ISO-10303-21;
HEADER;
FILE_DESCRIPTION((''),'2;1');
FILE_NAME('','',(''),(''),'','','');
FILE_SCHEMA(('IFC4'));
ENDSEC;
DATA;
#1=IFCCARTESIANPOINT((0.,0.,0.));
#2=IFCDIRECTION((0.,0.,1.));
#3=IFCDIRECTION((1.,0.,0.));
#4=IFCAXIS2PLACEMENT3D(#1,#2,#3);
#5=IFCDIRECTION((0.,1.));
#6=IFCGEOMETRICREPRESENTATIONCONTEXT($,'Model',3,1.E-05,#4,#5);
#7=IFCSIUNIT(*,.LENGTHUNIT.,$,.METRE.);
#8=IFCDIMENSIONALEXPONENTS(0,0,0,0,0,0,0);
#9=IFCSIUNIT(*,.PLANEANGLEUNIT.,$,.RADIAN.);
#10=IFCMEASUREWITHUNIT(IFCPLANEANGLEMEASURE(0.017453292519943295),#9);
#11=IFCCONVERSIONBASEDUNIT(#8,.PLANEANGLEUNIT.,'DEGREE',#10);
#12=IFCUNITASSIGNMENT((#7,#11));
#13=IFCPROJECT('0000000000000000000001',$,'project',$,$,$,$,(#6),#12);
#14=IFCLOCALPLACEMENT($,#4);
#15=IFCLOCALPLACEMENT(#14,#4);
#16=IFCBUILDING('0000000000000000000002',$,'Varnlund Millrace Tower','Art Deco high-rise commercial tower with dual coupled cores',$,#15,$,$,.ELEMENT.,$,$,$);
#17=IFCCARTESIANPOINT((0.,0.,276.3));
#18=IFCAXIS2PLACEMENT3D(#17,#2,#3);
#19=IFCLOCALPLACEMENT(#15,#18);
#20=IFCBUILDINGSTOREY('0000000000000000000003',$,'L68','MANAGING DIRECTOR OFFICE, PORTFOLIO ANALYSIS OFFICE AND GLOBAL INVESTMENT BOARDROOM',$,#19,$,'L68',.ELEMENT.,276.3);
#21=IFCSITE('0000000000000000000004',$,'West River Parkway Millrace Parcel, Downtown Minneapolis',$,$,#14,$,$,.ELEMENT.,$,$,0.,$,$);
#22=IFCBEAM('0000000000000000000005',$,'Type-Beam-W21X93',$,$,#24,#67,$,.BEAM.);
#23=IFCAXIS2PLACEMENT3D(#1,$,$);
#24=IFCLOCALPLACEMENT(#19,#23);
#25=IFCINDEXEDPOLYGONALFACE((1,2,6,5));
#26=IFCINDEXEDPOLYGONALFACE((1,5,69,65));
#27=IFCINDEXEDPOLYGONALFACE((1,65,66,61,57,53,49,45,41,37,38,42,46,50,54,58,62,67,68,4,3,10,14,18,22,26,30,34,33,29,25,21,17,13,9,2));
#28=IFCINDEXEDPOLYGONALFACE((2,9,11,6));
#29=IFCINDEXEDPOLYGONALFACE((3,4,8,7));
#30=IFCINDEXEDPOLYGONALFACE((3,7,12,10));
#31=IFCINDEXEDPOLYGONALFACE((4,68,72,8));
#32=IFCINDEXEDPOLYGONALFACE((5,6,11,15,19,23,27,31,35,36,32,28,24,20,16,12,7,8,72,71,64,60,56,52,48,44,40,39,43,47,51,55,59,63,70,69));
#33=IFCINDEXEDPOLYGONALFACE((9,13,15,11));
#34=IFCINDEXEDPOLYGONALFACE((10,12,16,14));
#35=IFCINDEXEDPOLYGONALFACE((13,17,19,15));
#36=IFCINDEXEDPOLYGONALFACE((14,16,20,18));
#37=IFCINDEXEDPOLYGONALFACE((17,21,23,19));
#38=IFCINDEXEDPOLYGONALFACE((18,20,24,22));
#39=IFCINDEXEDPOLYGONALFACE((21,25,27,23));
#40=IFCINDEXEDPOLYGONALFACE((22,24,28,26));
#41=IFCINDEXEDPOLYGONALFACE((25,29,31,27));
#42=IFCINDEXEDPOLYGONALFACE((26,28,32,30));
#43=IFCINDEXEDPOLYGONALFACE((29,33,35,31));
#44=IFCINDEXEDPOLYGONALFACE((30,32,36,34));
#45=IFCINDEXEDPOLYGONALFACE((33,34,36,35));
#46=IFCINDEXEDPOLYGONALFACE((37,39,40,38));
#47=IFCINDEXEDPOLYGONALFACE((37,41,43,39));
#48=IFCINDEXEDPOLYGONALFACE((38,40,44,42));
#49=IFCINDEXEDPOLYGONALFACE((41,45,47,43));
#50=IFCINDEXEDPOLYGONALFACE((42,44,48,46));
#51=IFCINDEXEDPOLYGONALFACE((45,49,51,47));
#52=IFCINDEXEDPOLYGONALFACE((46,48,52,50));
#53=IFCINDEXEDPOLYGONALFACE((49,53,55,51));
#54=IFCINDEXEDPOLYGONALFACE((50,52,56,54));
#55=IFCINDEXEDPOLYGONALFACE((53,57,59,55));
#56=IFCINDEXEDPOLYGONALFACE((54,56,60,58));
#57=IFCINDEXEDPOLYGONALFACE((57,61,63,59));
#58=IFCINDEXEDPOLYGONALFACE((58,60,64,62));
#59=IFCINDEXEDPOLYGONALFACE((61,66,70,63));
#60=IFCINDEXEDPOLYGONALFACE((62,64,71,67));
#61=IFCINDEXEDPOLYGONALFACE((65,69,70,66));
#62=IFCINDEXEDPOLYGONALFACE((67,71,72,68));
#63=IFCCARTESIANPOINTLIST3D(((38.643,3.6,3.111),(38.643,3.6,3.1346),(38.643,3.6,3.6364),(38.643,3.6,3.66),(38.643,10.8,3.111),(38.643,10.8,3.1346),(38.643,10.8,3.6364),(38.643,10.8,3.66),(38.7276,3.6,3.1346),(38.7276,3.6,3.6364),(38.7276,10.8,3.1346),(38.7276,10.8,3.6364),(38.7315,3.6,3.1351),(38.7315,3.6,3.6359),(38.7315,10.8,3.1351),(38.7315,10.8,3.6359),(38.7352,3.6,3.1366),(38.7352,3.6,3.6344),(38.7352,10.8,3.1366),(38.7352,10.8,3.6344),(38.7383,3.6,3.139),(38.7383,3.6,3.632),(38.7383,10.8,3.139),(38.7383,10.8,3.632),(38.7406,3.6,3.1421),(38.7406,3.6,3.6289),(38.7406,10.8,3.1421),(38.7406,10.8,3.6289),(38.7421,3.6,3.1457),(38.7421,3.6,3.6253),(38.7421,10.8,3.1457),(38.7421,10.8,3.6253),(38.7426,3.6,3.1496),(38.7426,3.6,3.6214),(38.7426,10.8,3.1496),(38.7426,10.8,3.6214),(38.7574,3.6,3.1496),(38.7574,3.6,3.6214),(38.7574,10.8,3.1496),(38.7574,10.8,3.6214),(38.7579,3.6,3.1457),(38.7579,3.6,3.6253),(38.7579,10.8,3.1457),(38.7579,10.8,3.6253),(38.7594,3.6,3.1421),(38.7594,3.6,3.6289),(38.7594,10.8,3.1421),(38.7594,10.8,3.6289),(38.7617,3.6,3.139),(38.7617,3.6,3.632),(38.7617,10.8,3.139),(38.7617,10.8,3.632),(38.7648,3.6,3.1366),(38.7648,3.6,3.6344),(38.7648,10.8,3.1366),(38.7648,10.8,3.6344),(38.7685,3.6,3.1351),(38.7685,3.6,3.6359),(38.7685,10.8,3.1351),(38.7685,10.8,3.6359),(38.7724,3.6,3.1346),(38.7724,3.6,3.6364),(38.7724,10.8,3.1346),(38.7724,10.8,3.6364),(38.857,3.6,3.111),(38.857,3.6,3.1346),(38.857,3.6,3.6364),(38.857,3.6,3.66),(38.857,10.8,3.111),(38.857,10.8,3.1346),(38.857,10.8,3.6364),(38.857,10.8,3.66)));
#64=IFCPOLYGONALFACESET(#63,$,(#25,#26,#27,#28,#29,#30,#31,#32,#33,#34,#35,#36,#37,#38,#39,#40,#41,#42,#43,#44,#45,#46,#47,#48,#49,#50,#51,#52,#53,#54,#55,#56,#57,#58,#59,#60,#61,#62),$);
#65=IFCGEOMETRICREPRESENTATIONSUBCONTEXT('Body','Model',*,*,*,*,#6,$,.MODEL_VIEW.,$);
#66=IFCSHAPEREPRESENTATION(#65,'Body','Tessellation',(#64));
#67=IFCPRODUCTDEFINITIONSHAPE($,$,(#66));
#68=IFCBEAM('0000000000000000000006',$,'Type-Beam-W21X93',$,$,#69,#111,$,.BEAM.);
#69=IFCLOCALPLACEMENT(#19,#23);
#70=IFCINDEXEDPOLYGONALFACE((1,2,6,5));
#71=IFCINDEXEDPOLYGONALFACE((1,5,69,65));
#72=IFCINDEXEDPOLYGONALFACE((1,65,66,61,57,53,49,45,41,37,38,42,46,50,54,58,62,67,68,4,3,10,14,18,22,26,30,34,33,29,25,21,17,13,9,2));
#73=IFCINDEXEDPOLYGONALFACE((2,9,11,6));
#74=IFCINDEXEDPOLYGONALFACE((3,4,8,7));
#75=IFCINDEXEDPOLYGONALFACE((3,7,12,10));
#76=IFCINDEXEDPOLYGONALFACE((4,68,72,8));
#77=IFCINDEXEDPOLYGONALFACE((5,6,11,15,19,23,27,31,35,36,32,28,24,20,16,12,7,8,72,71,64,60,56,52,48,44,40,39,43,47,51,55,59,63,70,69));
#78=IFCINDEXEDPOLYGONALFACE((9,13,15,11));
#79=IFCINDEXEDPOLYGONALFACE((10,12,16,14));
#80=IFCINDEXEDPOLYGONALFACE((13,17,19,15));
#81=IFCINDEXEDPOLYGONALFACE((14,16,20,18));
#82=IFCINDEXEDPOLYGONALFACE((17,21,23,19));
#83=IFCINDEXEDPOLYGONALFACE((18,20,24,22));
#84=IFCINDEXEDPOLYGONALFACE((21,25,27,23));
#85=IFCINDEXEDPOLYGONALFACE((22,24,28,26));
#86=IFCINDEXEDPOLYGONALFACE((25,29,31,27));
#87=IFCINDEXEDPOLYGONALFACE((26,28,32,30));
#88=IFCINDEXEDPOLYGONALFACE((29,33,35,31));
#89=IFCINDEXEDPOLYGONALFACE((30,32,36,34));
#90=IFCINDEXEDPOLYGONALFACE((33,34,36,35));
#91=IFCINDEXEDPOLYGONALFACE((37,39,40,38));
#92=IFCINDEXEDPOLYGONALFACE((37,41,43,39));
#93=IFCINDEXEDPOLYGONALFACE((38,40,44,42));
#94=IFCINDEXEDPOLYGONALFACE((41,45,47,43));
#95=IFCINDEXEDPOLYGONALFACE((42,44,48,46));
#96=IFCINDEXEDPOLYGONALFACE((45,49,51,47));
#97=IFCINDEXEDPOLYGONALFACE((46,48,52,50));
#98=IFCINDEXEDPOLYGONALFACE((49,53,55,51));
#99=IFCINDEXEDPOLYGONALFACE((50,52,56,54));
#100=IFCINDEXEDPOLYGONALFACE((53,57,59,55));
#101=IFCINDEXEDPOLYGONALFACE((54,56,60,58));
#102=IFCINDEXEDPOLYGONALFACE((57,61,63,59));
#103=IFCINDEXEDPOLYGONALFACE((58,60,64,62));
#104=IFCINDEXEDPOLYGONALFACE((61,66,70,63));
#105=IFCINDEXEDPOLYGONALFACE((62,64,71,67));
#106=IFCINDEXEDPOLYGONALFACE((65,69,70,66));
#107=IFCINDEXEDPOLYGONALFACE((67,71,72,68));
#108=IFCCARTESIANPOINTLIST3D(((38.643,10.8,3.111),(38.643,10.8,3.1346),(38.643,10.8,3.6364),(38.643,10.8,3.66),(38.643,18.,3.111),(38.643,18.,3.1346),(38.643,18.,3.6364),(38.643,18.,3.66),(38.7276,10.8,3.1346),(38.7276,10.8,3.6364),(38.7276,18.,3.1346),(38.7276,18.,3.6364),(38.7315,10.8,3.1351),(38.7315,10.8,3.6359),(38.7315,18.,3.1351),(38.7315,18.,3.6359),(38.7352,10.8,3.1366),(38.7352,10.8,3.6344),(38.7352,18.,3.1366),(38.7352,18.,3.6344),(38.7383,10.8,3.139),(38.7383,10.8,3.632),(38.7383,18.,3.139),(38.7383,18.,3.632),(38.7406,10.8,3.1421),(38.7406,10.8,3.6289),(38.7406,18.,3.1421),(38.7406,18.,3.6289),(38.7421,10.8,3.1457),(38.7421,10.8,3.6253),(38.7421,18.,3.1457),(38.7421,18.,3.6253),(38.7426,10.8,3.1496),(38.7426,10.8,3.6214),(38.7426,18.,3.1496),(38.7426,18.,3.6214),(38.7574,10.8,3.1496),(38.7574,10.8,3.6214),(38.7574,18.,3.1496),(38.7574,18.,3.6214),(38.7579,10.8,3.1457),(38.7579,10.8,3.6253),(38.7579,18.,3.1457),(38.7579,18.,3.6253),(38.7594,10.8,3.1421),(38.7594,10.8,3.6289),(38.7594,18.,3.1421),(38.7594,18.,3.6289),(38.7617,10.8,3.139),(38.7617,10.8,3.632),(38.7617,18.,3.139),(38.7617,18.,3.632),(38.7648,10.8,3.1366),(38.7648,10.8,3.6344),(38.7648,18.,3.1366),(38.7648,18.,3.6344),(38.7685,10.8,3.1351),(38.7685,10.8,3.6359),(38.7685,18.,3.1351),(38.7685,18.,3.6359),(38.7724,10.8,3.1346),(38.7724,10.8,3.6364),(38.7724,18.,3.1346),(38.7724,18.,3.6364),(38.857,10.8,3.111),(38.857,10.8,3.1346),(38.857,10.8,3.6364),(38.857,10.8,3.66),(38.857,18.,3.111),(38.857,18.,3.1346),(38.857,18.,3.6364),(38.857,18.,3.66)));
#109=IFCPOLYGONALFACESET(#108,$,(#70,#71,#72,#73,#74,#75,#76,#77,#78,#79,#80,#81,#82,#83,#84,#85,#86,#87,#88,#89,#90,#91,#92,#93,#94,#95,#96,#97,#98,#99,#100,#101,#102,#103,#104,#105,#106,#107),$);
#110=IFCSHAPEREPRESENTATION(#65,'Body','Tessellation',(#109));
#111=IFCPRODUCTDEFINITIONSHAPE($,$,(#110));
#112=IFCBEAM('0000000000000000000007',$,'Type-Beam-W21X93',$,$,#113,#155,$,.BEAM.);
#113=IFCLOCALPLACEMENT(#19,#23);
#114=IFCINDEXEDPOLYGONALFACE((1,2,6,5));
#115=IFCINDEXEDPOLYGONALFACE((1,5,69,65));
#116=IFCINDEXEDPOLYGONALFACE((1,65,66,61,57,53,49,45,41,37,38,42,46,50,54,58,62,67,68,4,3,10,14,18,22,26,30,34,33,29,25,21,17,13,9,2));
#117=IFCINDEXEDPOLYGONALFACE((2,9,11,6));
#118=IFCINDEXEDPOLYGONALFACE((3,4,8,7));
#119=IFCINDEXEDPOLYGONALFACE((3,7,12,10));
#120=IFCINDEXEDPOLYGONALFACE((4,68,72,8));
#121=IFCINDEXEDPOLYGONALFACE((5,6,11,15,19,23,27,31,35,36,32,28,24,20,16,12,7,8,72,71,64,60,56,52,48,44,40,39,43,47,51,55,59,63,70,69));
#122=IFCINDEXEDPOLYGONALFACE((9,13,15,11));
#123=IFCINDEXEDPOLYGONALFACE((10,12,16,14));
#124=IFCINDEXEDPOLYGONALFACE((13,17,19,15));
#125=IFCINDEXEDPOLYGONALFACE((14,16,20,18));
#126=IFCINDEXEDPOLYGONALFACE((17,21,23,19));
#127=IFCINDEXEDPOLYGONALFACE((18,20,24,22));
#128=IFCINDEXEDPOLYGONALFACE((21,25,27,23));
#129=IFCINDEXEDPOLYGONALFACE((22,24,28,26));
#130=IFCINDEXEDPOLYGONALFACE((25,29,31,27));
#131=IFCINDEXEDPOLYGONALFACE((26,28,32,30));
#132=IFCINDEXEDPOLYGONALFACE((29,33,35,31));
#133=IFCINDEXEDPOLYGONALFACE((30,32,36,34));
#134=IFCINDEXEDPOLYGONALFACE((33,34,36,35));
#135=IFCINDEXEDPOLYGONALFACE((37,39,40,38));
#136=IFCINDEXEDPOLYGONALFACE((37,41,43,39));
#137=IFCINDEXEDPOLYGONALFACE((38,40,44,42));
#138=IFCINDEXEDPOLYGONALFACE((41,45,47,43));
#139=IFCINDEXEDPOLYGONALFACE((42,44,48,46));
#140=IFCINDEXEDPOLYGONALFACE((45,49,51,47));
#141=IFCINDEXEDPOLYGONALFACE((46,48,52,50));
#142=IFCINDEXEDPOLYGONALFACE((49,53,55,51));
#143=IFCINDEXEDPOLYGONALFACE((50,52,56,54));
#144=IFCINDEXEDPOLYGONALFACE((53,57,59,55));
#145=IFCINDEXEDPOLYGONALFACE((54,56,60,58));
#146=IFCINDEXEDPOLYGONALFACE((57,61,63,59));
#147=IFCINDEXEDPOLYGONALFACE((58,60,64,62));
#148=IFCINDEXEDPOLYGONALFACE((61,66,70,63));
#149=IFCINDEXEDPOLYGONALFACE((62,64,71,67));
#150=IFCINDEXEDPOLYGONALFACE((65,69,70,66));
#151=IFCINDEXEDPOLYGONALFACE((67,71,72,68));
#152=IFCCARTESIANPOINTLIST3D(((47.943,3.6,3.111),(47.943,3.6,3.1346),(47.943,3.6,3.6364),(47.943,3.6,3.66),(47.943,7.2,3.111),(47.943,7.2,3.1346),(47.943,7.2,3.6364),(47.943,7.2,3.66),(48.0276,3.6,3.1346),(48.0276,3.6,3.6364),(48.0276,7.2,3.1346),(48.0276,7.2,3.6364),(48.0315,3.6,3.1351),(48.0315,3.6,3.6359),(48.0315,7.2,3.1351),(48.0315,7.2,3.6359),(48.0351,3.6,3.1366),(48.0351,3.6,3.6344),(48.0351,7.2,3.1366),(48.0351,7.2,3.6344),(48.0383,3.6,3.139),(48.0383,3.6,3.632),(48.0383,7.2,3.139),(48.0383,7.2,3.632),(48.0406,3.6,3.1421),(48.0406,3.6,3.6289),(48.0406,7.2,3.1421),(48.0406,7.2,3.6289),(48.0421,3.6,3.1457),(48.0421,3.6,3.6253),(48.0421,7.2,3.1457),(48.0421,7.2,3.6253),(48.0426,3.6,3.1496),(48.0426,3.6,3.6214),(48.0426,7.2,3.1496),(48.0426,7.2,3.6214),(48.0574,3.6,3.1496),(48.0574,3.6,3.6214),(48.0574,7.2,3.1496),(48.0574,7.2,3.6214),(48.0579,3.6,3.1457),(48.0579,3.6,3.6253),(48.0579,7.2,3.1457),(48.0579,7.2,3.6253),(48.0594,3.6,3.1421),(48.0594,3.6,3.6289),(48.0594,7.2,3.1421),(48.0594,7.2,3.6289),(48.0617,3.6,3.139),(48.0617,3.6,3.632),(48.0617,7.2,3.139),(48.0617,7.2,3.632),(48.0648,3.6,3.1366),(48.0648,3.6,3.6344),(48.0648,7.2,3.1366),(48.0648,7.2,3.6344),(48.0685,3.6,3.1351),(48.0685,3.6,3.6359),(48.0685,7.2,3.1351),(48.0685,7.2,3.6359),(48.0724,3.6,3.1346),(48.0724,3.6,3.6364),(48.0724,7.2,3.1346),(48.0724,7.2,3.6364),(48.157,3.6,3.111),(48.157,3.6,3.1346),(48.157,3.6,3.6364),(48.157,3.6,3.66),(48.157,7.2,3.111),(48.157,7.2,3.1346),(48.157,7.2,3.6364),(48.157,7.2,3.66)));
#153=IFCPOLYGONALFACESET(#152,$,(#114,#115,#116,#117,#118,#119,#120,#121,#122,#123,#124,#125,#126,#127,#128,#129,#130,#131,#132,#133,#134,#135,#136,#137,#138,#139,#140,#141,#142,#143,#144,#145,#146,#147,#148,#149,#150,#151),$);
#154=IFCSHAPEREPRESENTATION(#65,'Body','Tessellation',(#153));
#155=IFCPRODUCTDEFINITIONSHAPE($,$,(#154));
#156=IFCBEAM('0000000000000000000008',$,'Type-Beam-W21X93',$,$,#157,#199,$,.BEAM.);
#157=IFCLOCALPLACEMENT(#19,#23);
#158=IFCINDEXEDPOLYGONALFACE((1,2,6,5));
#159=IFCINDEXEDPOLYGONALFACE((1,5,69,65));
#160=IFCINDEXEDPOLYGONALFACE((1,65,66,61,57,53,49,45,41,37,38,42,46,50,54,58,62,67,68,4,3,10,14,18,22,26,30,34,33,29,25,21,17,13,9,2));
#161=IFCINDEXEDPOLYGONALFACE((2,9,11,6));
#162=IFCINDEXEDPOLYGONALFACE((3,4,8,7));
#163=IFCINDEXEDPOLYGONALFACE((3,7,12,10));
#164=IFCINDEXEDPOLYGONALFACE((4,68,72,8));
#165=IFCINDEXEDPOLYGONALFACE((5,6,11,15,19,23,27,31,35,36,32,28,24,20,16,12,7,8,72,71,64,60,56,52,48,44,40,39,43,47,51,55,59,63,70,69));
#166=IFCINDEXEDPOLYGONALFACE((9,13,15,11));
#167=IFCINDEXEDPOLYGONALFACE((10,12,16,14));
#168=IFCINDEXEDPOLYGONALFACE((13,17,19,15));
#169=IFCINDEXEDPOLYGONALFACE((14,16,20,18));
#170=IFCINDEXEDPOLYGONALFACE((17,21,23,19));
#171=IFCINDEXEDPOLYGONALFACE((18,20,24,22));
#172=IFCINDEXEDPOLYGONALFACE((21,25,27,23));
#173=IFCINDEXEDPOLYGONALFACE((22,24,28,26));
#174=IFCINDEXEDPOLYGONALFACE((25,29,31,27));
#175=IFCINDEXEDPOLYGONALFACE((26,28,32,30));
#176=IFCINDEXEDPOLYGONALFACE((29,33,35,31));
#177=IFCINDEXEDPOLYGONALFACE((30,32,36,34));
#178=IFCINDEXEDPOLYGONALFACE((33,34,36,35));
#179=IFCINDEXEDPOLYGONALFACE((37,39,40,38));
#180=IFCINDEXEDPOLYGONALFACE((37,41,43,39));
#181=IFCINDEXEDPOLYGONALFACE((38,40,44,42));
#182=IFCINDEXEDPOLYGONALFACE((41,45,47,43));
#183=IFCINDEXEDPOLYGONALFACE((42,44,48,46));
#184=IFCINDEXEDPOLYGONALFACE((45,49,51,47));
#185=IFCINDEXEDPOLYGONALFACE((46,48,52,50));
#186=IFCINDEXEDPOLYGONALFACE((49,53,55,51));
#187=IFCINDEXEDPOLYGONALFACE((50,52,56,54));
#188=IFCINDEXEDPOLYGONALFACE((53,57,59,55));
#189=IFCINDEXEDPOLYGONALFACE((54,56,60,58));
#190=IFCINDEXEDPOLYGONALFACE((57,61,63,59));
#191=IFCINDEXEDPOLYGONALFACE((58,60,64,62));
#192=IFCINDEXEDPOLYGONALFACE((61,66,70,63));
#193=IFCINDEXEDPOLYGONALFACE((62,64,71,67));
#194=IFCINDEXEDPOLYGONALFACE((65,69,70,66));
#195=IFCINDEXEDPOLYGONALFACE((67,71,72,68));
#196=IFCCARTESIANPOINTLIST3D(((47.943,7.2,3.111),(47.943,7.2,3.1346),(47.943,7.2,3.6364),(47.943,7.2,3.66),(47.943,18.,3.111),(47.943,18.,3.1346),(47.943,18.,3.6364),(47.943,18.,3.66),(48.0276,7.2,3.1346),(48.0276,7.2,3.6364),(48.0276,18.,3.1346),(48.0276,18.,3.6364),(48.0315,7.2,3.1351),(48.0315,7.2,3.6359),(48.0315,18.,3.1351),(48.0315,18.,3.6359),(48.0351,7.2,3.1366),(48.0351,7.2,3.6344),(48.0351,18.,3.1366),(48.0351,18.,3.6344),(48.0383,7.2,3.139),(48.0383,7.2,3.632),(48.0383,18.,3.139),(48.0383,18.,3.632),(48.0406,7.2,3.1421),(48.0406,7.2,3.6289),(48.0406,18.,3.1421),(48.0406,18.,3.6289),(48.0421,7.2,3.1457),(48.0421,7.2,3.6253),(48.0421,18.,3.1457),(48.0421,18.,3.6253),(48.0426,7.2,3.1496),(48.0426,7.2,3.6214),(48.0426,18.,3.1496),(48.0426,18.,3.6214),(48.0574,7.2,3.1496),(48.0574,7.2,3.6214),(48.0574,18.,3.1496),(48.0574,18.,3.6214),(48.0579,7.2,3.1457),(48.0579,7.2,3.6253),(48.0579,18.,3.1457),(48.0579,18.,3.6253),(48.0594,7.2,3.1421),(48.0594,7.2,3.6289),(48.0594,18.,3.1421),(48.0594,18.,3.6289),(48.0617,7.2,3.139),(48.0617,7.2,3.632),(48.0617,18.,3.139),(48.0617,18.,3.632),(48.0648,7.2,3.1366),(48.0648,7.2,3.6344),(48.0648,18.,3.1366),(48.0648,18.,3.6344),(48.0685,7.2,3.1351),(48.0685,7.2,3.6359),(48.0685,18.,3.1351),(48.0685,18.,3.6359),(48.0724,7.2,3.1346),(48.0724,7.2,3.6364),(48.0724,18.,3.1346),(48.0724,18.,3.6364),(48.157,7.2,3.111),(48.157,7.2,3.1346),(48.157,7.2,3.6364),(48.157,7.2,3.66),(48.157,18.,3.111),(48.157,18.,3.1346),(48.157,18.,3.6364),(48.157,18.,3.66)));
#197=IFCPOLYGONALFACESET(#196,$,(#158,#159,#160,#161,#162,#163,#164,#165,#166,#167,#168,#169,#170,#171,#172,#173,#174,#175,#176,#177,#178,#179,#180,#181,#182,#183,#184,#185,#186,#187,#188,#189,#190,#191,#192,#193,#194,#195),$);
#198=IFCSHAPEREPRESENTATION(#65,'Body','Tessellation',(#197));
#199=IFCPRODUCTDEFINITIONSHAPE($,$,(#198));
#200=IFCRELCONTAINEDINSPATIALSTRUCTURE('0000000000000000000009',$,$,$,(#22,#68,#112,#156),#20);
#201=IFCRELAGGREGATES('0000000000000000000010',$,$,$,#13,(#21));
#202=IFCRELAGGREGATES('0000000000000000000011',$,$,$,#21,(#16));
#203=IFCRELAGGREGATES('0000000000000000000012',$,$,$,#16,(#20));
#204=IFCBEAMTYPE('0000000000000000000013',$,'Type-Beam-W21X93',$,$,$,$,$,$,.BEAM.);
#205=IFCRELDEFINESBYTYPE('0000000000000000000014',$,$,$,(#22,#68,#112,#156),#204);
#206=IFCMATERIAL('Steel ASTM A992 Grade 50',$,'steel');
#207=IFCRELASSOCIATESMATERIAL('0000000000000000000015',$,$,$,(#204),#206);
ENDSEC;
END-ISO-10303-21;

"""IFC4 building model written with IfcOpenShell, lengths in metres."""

from ifc_helpers import new_model, entity, si_unit, converted_unit, direction, frame, origin_with_axes, origin_2d_with_axis, place, context, subcontext, project, spatial, i_section, extrude, material, material_profile, profile_set, type_object, element, save


model = new_model("IFC4")

# Units and contexts
model_context = context("Model", 3, precision=1e-05, world=origin_with_axes(), true_north=direction((0.0, 1.0)))
body_context = subcontext(model_context, "Body", "Model", "MODEL_VIEW")
ifc_project = project(units=[si_unit("LENGTHUNIT", "METRE"), converted_unit("PLANEANGLEUNIT", "DEGREE", entity("IfcPlaneAngleMeasure", 0.017453292519943295), si_unit("PLANEANGLEUNIT", "RADIAN"), dimensions=[0, 0, 0, 0, 0, 0, 0])], contexts=[model_context])

# Site, building, storey
site_placement = place(None, origin_with_axes())
site = spatial("IfcSite", under=ifc_project, at=site_placement, Name="West River Parkway Millrace Parcel, Downtown Minneapolis", CompositionType="ELEMENT", RefElevation=0.0)
building_placement = place(site_placement, origin_with_axes())
building = spatial("IfcBuilding", under=site, at=building_placement, Name="Varnlund Millrace Tower", Description="Art Deco high-rise commercial tower with dual coupled cores", CompositionType="ELEMENT")
storey_placement = place(building_placement, frame((0.0, 0.0, 276.3), z_axis=(0.0, 0.0, 1.0), x_axis=(1.0, 0.0, 0.0)))
storey = spatial("IfcBuildingStorey", under=building, at=storey_placement, Name="L68", Description="MANAGING DIRECTOR OFFICE, PORTFOLIO ANALYSIS OFFICE AND GLOBAL INVESTMENT BOARDROOM", LongName="L68", CompositionType="ELEMENT", Elevation=276.3)

# Beams
ifc_material_1 = material(Name="Steel ASTM A992 Grade 50", Category="steel")
ifc_material_profile_1 = material_profile(ifc_material_1, i_section(OverallWidth=0.214, OverallDepth=0.549, WebThickness=0.0147, FlangeThickness=0.0236, FilletRadius=0.015, at=origin_2d_with_axis()), Name="Steel ASTM A992 Grade 50")
ifc_profile_set_1 = profile_set([ifc_material_profile_1], Name="Steel ASTM A992 Grade 50")
beam_type_1 = type_object("IfcBeamType", Name="Type-Beam-W21X93", PredefinedType="BEAM", material=ifc_profile_set_1)
for number, where, z_axis, x_axis, name in (
    (1, (38.75, 3.6, 3.3855), (0.0, 1.0, 0.0), (-1.0, 0.0, 0.0), "Type-Beam-W21X93"),
    (2, (38.75, 10.8, 3.3855), (0.0, 1.0, 0.0), (-1.0, 0.0, 0.0), "Type-Beam-W21X93"),
):
    element("IfcBeam", number, at=place(storey_placement, frame(where, z_axis=z_axis, x_axis=x_axis)), inside=storey, type_object=beam_type_1, Name=name, PredefinedType="BEAM", context=body_context, shape_type="SweptSolid", body=[
        extrude(i_section(OverallWidth=0.214, OverallDepth=0.549, WebThickness=0.0147, FlangeThickness=0.0236, FilletRadius=0.015, at=origin_2d_with_axis()), origin_with_axes(), (0.0, 0.0, 1.0), 7.2),
    ])
beam_1_placement = place(storey_placement, frame((48.05, 3.6, 3.3855), z_axis=(0.0, 1.0, 0.0), x_axis=(-1.0, 0.0, 0.0)))
element("IfcBeam", 3, at=beam_1_placement, inside=storey, type_object=beam_type_1, Name="Type-Beam-W21X93", PredefinedType="BEAM", context=body_context, shape_type="SweptSolid", body=[
    extrude(i_section(OverallWidth=0.214, OverallDepth=0.549, WebThickness=0.0147, FlangeThickness=0.0236, FilletRadius=0.015, at=origin_2d_with_axis()), origin_with_axes(), (0.0, 0.0, 1.0), 3.6),
])
beam_2_placement = place(storey_placement, frame((48.05, 7.2, 3.3855), z_axis=(0.0, 1.0, 0.0), x_axis=(-1.0, 0.0, 0.0)))
element("IfcBeam", 4, at=beam_2_placement, inside=storey, type_object=beam_type_1, Name="Type-Beam-W21X93", PredefinedType="BEAM", context=body_context, shape_type="SweptSolid", body=[
    extrude(i_section(OverallWidth=0.214, OverallDepth=0.549, WebThickness=0.0147, FlangeThickness=0.0236, FilletRadius=0.015, at=origin_2d_with_axis()), origin_with_axes(), (0.0, 0.0, 1.0), 10.8),
])

save(model, "model.ifc")
